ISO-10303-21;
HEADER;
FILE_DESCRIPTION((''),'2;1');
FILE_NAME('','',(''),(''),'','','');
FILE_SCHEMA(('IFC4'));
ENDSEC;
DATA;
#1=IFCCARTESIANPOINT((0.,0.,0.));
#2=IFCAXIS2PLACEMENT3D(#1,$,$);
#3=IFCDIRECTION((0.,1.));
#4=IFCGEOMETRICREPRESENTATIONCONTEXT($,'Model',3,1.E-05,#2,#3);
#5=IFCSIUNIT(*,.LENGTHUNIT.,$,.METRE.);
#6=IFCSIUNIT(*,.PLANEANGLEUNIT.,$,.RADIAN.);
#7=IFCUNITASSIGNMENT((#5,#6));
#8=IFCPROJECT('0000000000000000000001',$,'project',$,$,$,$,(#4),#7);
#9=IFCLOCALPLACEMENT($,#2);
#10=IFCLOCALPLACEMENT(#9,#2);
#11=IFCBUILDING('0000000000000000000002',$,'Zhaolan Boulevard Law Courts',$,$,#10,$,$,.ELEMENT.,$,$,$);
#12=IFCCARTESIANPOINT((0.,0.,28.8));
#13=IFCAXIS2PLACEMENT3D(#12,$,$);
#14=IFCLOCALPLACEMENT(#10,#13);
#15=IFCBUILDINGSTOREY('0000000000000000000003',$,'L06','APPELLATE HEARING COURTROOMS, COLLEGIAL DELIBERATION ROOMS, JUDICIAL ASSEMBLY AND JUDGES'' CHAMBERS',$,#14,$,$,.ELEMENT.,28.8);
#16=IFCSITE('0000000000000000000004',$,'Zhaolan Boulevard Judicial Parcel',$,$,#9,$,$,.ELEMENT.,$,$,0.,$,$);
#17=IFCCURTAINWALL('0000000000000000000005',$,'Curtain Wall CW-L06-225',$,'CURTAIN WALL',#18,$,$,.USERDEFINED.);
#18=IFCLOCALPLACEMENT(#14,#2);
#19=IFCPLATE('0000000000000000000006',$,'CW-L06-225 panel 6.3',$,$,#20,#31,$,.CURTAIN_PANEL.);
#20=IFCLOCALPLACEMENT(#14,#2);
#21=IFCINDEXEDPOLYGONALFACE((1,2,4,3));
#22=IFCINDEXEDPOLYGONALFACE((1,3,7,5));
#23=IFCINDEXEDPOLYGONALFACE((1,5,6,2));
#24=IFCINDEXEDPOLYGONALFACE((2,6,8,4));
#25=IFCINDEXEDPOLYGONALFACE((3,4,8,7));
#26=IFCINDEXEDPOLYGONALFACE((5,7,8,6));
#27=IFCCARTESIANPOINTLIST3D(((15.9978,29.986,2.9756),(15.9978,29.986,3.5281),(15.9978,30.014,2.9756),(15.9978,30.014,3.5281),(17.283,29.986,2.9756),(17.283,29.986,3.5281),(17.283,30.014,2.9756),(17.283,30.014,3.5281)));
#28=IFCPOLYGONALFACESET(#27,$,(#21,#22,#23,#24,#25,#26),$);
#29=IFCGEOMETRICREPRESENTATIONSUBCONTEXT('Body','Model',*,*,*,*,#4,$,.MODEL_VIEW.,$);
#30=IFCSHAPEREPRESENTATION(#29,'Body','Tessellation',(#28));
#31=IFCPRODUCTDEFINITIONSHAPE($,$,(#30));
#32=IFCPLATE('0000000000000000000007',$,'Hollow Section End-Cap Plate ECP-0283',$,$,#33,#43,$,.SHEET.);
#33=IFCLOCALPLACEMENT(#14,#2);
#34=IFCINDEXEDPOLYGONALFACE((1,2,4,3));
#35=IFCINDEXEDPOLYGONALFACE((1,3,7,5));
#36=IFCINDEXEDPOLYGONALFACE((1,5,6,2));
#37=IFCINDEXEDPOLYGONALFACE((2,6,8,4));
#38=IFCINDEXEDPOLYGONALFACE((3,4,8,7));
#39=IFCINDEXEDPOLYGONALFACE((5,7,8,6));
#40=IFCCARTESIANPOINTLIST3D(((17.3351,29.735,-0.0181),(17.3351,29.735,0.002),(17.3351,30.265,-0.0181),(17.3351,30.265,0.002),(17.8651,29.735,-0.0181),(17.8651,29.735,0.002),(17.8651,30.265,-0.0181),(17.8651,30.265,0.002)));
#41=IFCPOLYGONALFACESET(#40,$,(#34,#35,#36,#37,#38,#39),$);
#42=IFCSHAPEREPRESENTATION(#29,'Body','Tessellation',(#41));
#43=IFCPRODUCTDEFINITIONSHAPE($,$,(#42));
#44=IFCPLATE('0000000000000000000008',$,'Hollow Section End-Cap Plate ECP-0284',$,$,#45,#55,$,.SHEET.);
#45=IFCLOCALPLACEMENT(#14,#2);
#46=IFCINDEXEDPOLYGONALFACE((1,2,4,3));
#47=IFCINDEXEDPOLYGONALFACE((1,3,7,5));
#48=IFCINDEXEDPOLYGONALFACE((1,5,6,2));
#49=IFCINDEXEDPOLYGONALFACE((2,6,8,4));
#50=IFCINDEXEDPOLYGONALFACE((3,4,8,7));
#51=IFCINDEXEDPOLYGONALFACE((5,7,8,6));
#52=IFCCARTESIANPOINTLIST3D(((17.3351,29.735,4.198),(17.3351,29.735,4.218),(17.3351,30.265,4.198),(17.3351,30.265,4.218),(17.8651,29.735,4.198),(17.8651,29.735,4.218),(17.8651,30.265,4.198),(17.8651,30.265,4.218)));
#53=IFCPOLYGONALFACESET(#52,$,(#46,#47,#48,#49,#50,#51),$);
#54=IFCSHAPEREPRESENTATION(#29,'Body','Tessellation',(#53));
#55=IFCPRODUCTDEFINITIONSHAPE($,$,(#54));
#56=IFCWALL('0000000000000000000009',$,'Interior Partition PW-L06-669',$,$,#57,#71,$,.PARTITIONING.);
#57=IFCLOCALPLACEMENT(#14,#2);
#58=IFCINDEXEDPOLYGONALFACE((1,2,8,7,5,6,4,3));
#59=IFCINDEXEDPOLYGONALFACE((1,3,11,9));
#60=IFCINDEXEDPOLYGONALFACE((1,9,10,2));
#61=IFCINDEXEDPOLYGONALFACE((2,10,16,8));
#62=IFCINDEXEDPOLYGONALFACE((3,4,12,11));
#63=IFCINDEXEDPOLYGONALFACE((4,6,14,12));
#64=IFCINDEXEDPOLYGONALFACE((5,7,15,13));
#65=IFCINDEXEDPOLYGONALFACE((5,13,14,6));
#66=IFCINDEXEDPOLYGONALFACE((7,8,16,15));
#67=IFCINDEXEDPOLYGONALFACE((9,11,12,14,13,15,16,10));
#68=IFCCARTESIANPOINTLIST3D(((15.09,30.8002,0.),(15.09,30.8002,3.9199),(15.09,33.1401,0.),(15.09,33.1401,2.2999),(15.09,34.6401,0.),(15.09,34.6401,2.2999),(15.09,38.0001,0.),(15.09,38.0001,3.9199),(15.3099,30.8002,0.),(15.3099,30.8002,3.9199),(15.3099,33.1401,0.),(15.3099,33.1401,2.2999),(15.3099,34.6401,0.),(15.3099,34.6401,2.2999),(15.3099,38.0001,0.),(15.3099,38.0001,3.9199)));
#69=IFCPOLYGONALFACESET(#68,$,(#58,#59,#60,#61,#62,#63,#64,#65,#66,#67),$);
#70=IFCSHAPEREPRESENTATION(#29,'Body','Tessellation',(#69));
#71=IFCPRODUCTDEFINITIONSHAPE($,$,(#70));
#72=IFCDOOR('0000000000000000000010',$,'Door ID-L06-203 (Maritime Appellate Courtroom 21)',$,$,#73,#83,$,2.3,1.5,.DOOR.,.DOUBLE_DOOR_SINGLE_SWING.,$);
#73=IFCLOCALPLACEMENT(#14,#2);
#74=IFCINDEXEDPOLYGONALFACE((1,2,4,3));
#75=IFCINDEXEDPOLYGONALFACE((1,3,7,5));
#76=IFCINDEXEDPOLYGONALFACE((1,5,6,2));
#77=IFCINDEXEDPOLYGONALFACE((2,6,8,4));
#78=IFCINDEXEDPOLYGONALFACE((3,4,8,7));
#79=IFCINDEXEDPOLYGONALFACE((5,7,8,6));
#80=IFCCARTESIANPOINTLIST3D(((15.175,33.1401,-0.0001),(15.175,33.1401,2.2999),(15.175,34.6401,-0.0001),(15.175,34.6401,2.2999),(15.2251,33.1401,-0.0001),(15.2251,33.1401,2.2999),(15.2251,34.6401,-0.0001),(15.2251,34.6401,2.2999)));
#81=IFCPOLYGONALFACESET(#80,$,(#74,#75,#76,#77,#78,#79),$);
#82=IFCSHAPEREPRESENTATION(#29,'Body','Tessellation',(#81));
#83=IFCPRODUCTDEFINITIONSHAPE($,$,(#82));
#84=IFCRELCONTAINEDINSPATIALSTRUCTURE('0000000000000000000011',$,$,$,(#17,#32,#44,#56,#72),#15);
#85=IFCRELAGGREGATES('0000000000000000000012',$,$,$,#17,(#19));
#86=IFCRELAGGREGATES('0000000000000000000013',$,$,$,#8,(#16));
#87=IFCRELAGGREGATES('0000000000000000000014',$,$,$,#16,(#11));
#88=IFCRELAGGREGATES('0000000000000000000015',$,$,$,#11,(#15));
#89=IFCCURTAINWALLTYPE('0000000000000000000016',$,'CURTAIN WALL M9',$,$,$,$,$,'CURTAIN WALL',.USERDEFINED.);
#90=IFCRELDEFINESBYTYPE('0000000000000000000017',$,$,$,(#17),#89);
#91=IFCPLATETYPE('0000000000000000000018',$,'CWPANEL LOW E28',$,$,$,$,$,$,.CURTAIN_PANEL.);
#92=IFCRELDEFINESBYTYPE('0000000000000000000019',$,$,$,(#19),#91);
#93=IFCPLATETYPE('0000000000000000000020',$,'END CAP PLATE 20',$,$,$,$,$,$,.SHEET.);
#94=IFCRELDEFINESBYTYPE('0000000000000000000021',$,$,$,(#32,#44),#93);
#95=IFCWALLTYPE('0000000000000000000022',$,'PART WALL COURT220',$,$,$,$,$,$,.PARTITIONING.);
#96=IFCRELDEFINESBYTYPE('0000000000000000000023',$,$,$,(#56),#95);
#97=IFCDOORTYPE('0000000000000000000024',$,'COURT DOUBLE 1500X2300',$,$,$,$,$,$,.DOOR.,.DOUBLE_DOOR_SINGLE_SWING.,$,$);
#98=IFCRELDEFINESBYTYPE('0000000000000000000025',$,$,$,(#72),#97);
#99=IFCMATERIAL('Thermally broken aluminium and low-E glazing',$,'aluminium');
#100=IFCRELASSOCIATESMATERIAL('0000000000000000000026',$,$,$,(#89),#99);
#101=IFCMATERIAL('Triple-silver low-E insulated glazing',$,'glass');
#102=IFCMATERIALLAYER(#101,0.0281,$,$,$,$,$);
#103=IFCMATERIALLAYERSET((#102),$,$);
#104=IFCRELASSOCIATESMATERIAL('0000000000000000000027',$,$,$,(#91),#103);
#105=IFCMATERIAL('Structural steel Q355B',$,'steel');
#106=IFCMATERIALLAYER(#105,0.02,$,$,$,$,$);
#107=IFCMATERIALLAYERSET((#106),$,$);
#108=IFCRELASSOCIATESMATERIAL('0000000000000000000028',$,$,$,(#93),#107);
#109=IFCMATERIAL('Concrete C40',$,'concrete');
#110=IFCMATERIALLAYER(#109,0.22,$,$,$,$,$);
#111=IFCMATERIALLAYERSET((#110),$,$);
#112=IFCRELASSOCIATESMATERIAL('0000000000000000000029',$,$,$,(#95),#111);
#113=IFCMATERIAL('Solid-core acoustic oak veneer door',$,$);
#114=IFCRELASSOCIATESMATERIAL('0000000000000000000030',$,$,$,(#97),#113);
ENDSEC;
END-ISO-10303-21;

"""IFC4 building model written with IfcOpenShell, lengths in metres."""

from ifc_helpers import new_model, si_unit, direction, frame, frame_2d, origin, origin_2d, place, context, subcontext, project, spatial, rectangle, extrude, material, layer, layer_set, type_object, element, fill, aggregate, save


model = new_model("IFC4")

# Units and contexts
model_context = context("Model", 3, precision=1e-05, world=origin(), true_north=direction((0.0, 1.0)))
body_context = subcontext(model_context, "Body", "Model", "MODEL_VIEW")
ifc_project = project(units=[si_unit("LENGTHUNIT", "METRE"), si_unit("PLANEANGLEUNIT", "RADIAN")], contexts=[model_context])

# Site, building, storey
site_placement = place(None, origin())
site = spatial("IfcSite", under=ifc_project, at=site_placement, Name="Zhaolan Boulevard Judicial Parcel", CompositionType="ELEMENT", RefElevation=0.0)
building_placement = place(site_placement, origin())
building = spatial("IfcBuilding", under=site, at=building_placement, Name="Zhaolan Boulevard Law Courts", CompositionType="ELEMENT")
storey_placement = place(building_placement, frame((0.0, 0.0, 28.8)))
storey = spatial("IfcBuildingStorey", under=building, at=storey_placement, Name="L06", Description="APPELLATE HEARING COURTROOMS, COLLEGIAL DELIBERATION ROOMS, JUDICIAL ASSEMBLY AND JUDGES' CHAMBERS", CompositionType="ELEMENT", Elevation=28.8)

# Curtain wall
ifc_material_1 = material(Name="Thermally broken aluminium and low-E glazing", Category="aluminium")
curtain_wall_type_1 = type_object("IfcCurtainWallType", Name="CURTAIN WALL M9", ElementType="CURTAIN WALL", PredefinedType="USERDEFINED", material=ifc_material_1)
curtain_wall_1_placement = place(storey_placement, origin())
curtain_wall_1 = element("IfcCurtainWall", 1, at=curtain_wall_1_placement, inside=storey, type_object=curtain_wall_type_1, Name="Curtain Wall CW-L06-225", ObjectType="CURTAIN WALL", PredefinedType="USERDEFINED")

# Plate
ifc_material_2 = material(Name="Triple-silver low-E insulated glazing", Category="glass")
ifc_layer_1 = layer(ifc_material_2, 0.0281)
ifc_layer_set_1 = layer_set([ifc_layer_1])
plate_type_1 = type_object("IfcPlateType", Name="CWPANEL LOW E28", PredefinedType="CURTAIN_PANEL", material=ifc_layer_set_1)
plate_1_placement = place(storey_placement, frame((16.6404, 30.0, 2.9756), z_axis=(0.0, 0.0, 1.0), x_axis=(1.0, 0.0, 0.0)))
plate_1 = element("IfcPlate", 2, at=plate_1_placement, type_object=plate_type_1, Name="CW-L06-225 panel 6.3", PredefinedType="CURTAIN_PANEL", context=body_context, shape_type="SweptSolid", body=[
    extrude(rectangle(XDim=1.2852, YDim=0.0281, at=origin_2d()), origin(), (0.0, 0.0, 1.0), 0.5525),
])
aggregate(curtain_wall_1, [plate_1])

# Plates
ifc_material_3 = material(Name="Structural steel Q355B", Category="steel")
ifc_layer_2 = layer(ifc_material_3, 0.02)
ifc_layer_set_2 = layer_set([ifc_layer_2])
plate_type_2 = type_object("IfcPlateType", Name="END CAP PLATE 20", PredefinedType="SHEET", material=ifc_layer_set_2)
for number, where, z_axis, x_axis, name in (
    (3, (17.6001, 30.0, -0.0181), (0.0, 0.0, 1.0), (1.0, 0.0, 0.0), "Hollow Section End-Cap Plate ECP-0283"),
    (4, (17.6001, 30.0, 4.198), (0.0, 0.0, 1.0), (1.0, 0.0, 0.0), "Hollow Section End-Cap Plate ECP-0284"),
):
    element("IfcPlate", number, at=place(storey_placement, frame(where, z_axis=z_axis, x_axis=x_axis)), inside=storey, type_object=plate_type_2, Name=name, PredefinedType="SHEET", context=body_context, shape_type="SweptSolid", body=[
        extrude(rectangle(XDim=0.53, YDim=0.53, at=origin_2d()), origin(), (0.0, 0.0, 1.0), 0.02),
    ])

# Wall, opening, door
ifc_material_4 = material(Name="Concrete C40", Category="concrete")
ifc_layer_3 = layer(ifc_material_4, 0.22)
ifc_layer_set_3 = layer_set([ifc_layer_3])
wall_type = type_object("IfcWallType", Name="PART WALL COURT220", PredefinedType="PARTITIONING", material=ifc_layer_set_3)
wall_placement = place(storey_placement, frame((15.2, 30.8, 0.0), z_axis=(0.0, 0.0, 1.0), x_axis=(0.0, 1.0, 0.0)))
wall = element("IfcWall", 5, at=wall_placement, inside=storey, type_object=wall_type, Name="Interior Partition PW-L06-669", PredefinedType="PARTITIONING", context=body_context, shape_type="SweptSolid", body=[
    extrude(rectangle(XDim=7.2, YDim=0.22, at=frame_2d((3.6001, 0.0))), origin(), (0.0, 0.0, 1.0), 3.9199),
])
opening_placement = place(wall_placement, frame((2.3401, 0.0, 0.0)))
opening = element("IfcOpeningElement", 6, at=opening_placement, cuts=wall, PredefinedType="OPENING", context=body_context, shape_type="SweptSolid", body=[
    extrude(rectangle(XDim=1.5, YDim=2.3, at=frame_2d((0.75, 1.1499))), frame((0.0, 0.1199, 0.0), z_axis=(0.0, -1.0, 0.0), x_axis=(1.0, 0.0, 0.0)), (0.0, 0.0, 1.0), 0.24),
])
ifc_material_5 = material(Name="Solid-core acoustic oak veneer door")
door_type = type_object("IfcDoorType", Name="COURT DOUBLE 1500X2300", OperationType="DOUBLE_DOOR_SINGLE_SWING", PredefinedType="DOOR", material=ifc_material_5)
door_placement = place(opening_placement, origin())
door = element("IfcDoor", 7, at=door_placement, inside=storey, type_object=door_type, Name="Door ID-L06-203 (Maritime Appellate Courtroom 21)", OperationType="DOUBLE_DOOR_SINGLE_SWING", OverallHeight=2.3, OverallWidth=1.5, PredefinedType="DOOR", context=body_context, shape_type="SweptSolid", body=[
    extrude(rectangle(XDim=1.5, YDim=2.3, at=frame_2d((0.75, 1.1499))), frame((0.0, 0.0249, 0.0), z_axis=(0.0, -1.0, 0.0), x_axis=(1.0, 0.0, 0.0)), (0.0, 0.0, 1.0), 0.05),
])
fill(opening, door)

save(model, "model.ifc")
